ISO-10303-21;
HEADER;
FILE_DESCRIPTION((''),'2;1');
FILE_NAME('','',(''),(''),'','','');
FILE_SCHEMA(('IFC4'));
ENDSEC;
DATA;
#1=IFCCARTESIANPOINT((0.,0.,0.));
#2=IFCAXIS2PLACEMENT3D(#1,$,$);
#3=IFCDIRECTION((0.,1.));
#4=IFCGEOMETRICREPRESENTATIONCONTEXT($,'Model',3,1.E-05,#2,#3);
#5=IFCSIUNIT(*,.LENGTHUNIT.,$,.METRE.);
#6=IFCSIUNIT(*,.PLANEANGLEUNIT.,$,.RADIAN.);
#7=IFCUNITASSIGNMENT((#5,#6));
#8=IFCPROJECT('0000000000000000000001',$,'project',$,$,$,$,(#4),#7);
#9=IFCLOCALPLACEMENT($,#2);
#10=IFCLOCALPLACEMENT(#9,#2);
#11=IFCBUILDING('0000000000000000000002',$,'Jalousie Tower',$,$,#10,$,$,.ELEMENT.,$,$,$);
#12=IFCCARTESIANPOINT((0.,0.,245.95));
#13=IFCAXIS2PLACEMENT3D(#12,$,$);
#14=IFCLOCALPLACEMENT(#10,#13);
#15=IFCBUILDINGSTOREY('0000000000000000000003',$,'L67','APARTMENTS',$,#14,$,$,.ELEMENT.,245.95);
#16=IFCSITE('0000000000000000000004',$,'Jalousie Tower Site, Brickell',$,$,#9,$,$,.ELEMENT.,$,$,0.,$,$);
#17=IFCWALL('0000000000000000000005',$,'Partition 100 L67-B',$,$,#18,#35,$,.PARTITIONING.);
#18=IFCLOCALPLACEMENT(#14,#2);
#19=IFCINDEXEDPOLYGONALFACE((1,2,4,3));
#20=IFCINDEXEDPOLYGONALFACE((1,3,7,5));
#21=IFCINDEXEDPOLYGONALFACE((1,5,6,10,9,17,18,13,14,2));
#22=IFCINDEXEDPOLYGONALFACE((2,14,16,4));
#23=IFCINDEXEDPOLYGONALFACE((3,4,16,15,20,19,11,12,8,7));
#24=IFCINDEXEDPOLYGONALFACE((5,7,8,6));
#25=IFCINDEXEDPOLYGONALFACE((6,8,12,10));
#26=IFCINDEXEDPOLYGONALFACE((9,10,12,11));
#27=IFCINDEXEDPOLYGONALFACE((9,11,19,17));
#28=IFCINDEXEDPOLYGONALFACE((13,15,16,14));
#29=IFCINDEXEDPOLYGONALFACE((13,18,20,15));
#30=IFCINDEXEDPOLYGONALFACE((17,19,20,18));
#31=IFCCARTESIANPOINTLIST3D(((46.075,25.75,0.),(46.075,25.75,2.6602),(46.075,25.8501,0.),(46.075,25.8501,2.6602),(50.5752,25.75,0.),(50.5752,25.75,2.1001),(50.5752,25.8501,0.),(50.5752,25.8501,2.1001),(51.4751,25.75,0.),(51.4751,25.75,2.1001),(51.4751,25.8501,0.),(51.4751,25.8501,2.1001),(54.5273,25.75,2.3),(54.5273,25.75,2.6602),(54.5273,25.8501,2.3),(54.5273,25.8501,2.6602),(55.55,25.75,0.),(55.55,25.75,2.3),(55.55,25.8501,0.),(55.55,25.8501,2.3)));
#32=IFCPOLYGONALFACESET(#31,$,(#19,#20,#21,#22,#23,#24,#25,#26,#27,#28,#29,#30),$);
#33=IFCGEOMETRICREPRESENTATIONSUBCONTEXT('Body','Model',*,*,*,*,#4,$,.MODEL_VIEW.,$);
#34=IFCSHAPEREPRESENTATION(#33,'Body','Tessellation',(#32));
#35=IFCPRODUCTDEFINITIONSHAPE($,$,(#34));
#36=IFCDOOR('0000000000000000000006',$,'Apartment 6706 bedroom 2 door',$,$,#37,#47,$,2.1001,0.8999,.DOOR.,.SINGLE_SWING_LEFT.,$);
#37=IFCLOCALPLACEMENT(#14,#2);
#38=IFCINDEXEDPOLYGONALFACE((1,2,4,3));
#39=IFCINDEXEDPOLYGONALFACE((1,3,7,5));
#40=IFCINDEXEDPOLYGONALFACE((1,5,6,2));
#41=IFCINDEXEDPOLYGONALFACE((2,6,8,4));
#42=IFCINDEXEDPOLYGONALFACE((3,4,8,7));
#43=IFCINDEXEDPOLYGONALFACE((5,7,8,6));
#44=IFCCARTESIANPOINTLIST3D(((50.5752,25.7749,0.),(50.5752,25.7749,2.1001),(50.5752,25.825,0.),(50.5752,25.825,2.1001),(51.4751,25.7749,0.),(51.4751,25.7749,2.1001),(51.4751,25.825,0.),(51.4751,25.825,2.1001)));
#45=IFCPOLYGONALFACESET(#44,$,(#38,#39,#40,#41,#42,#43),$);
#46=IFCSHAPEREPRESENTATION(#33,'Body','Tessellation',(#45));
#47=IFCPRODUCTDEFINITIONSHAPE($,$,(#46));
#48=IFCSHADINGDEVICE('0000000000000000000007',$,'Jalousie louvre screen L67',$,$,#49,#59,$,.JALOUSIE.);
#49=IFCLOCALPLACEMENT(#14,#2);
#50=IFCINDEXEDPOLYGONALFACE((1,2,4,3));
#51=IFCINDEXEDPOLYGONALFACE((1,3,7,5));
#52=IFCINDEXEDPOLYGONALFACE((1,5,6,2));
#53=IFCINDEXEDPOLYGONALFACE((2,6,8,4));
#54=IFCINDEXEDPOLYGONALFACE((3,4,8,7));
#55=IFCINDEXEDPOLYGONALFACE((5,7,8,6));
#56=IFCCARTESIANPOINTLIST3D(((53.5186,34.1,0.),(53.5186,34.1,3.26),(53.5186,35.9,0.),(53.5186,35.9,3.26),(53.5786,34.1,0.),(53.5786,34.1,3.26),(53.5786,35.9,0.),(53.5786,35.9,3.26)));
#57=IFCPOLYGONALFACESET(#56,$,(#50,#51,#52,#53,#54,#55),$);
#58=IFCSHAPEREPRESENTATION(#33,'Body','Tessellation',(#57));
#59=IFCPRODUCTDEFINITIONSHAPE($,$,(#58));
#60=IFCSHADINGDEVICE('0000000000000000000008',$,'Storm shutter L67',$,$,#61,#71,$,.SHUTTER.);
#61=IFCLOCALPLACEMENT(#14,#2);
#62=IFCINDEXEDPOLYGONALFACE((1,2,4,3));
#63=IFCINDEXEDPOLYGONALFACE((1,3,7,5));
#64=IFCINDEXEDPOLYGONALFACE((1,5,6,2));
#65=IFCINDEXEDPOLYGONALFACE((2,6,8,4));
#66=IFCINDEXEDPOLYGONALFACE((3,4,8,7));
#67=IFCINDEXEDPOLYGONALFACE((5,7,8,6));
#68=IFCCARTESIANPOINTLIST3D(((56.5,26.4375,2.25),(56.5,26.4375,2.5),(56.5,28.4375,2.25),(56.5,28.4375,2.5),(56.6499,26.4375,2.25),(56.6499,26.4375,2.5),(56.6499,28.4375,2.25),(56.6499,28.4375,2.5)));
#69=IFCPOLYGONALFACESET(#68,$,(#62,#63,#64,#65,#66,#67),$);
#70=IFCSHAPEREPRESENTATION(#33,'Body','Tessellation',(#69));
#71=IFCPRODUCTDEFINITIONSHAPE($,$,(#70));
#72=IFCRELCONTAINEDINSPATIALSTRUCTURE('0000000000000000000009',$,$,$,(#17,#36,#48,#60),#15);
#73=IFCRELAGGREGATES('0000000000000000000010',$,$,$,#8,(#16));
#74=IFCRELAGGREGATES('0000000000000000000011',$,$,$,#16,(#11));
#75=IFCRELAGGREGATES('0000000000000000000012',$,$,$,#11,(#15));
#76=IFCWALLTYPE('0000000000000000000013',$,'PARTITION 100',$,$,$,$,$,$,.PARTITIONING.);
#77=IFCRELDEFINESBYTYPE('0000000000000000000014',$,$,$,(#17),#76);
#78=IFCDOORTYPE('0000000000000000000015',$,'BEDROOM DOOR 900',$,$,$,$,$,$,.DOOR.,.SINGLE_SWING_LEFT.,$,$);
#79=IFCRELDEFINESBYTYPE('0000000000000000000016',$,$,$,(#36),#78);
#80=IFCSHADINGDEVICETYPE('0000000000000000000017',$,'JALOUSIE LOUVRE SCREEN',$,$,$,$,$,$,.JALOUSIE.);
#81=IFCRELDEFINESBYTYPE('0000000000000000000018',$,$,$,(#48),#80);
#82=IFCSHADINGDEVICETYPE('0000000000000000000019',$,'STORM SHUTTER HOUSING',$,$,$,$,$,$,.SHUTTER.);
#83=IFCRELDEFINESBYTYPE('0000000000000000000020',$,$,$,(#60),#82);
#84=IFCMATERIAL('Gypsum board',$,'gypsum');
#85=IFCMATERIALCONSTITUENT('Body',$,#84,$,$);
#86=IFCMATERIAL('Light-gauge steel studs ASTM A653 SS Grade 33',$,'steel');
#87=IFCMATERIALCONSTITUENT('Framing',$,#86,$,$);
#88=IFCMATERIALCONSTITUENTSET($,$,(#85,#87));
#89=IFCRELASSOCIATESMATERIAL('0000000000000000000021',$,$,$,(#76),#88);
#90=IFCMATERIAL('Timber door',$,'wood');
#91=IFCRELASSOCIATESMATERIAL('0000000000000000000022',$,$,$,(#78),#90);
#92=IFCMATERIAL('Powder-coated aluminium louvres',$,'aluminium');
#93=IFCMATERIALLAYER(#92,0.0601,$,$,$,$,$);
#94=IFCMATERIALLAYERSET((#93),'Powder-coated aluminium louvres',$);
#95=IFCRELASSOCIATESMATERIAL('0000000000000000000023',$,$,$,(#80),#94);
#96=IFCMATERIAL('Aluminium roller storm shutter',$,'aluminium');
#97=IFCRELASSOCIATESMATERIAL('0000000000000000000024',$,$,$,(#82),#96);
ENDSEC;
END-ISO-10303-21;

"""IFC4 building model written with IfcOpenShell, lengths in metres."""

from ifc_helpers import new_model, si_unit, direction, frame, frame_2d, origin, origin_2d, place, context, subcontext, project, spatial, polyline, rectangle, outline, extrude, material, layer, layer_set, constituent, constituent_set, type_object, element, fill, save


model = new_model("IFC4")

# Units and contexts
model_context = context("Model", 3, precision=1e-05, world=origin(), true_north=direction((0.0, 1.0)))
body_context = subcontext(model_context, "Body", "Model", "MODEL_VIEW")
ifc_project = project(units=[si_unit("LENGTHUNIT", "METRE"), si_unit("PLANEANGLEUNIT", "RADIAN")], contexts=[model_context])

# Site, building, storey
site_placement = place(None, origin())
site = spatial("IfcSite", under=ifc_project, at=site_placement, Name="Jalousie Tower Site, Brickell", CompositionType="ELEMENT", RefElevation=0.0)
building_placement = place(site_placement, origin())
building = spatial("IfcBuilding", under=site, at=building_placement, Name="Jalousie Tower", CompositionType="ELEMENT")
storey_placement = place(building_placement, frame((0.0, 0.0, 245.95)))
storey = spatial("IfcBuildingStorey", under=building, at=storey_placement, Name="L67", Description="APARTMENTS", CompositionType="ELEMENT", Elevation=245.95)

# Shared definitions
ifc_material_1 = material(Name="Gypsum board", Category="gypsum")
ifc_constituent_1 = constituent(ifc_material_1, Name="Body")
ifc_material_2 = material(Name="Light-gauge steel studs ASTM A653 SS Grade 33", Category="steel")
ifc_constituent_2 = constituent(ifc_material_2, Name="Framing")
ifc_constituent_set_1 = constituent_set(constituents=[ifc_constituent_1, ifc_constituent_2])
wall_type_1 = type_object("IfcWallType", Name="PARTITION 100", PredefinedType="PARTITIONING", material=ifc_constituent_set_1)

# Wall, opening, door
wall_1_placement = place(storey_placement, frame((55.55, 25.8, 0.0), z_axis=(0.0, 0.0, 1.0), x_axis=(-1.0, 0.0, 0.0)))
wall_1 = element("IfcWall", 1, at=wall_1_placement, inside=storey, type_object=wall_type_1, Name="Partition 100 L67-B", PredefinedType="PARTITIONING", context=body_context, shape_type="SweptSolid", body=[
    extrude(outline(polyline([(0.0, 0.0), (9.4751, 0.0), (9.4751, 2.6602), (1.0227, 2.6602), (1.0227, 2.3), (0.0, 2.3), (0.0, 0.0)])), frame((0.0, 0.05, 0.0), z_axis=(0.0, -1.0, 0.0), x_axis=(1.0, 0.0, 0.0)), (0.0, 0.0, 1.0), 0.1001),
])
opening_1_placement = place(wall_1_placement, frame((4.075, 0.0, 0.0)))
opening_1 = element("IfcOpeningElement", 2, at=opening_1_placement, cuts=wall_1, PredefinedType="OPENING", context=body_context, shape_type="SweptSolid", body=[
    extrude(rectangle(XDim=0.8999, YDim=2.1001, at=frame_2d((0.45, 1.05))), frame((0.0, 0.0601, 0.0), z_axis=(0.0, -1.0, 0.0), x_axis=(1.0, 0.0, 0.0)), (0.0, 0.0, 1.0), 0.1201),
])
ifc_material_3 = material(Name="Timber door", Category="wood")
door_type_1 = type_object("IfcDoorType", Name="BEDROOM DOOR 900", OperationType="SINGLE_SWING_LEFT", PredefinedType="DOOR", material=ifc_material_3)
door_1_placement = place(opening_1_placement, frame((0.8999, 0.0, 0.0), z_axis=(0.0, 0.0, 1.0), x_axis=(-1.0, 0.0, 0.0)))
door_1 = element("IfcDoor", 3, at=door_1_placement, inside=storey, type_object=door_type_1, Name="Apartment 6706 bedroom 2 door", OperationType="SINGLE_SWING_LEFT", OverallHeight=2.1001, OverallWidth=0.8999, PredefinedType="DOOR", context=body_context, shape_type="SweptSolid", body=[
    extrude(rectangle(XDim=0.8999, YDim=2.1001, at=frame_2d((0.45, 1.05))), frame((0.0, 0.0249, 0.0), z_axis=(0.0, -1.0, 0.0), x_axis=(1.0, 0.0, 0.0)), (0.0, 0.0, 1.0), 0.05),
])
fill(opening_1, door_1)

# Shading devices
ifc_material_4 = material(Name="Powder-coated aluminium louvres", Category="aluminium")
ifc_layer_1 = layer(ifc_material_4, 0.0601)
ifc_layer_set_1 = layer_set([ifc_layer_1], Name="Powder-coated aluminium louvres")
shading_device_type_1 = type_object("IfcShadingDeviceType", Name="JALOUSIE LOUVRE SCREEN", PredefinedType="JALOUSIE", material=ifc_layer_set_1)
shading_device_1_placement = place(storey_placement, frame((53.5486, 35.0, 0.0), z_axis=(0.0, 0.0, 1.0), x_axis=(-1.0, 0.0, 0.0)))
element("IfcShadingDevice", 4, at=shading_device_1_placement, inside=storey, type_object=shading_device_type_1, Name="Jalousie louvre screen L67", PredefinedType="JALOUSIE", context=body_context, shape_type="SweptSolid", body=[
    extrude(rectangle(XDim=0.0601, YDim=1.8, at=origin_2d()), origin(), (0.0, 0.0, 1.0), 3.26),
])
ifc_material_5 = material(Name="Aluminium roller storm shutter", Category="aluminium")
shading_device_type_2 = type_object("IfcShadingDeviceType", Name="STORM SHUTTER HOUSING", PredefinedType="SHUTTER", material=ifc_material_5)
shading_device_2_placement = place(storey_placement, frame((56.575, 27.4375, 2.25), z_axis=(0.0, 0.0, 1.0), x_axis=(0.0, 1.0, 0.0)))
element("IfcShadingDevice", 5, at=shading_device_2_placement, inside=storey, type_object=shading_device_type_2, Name="Storm shutter L67", PredefinedType="SHUTTER", context=body_context, shape_type="SweptSolid", body=[
    extrude(rectangle(XDim=2.0, YDim=0.1499, at=origin_2d()), origin(), (0.0, 0.0, 1.0), 0.25),
])

save(model, "model.ifc")
